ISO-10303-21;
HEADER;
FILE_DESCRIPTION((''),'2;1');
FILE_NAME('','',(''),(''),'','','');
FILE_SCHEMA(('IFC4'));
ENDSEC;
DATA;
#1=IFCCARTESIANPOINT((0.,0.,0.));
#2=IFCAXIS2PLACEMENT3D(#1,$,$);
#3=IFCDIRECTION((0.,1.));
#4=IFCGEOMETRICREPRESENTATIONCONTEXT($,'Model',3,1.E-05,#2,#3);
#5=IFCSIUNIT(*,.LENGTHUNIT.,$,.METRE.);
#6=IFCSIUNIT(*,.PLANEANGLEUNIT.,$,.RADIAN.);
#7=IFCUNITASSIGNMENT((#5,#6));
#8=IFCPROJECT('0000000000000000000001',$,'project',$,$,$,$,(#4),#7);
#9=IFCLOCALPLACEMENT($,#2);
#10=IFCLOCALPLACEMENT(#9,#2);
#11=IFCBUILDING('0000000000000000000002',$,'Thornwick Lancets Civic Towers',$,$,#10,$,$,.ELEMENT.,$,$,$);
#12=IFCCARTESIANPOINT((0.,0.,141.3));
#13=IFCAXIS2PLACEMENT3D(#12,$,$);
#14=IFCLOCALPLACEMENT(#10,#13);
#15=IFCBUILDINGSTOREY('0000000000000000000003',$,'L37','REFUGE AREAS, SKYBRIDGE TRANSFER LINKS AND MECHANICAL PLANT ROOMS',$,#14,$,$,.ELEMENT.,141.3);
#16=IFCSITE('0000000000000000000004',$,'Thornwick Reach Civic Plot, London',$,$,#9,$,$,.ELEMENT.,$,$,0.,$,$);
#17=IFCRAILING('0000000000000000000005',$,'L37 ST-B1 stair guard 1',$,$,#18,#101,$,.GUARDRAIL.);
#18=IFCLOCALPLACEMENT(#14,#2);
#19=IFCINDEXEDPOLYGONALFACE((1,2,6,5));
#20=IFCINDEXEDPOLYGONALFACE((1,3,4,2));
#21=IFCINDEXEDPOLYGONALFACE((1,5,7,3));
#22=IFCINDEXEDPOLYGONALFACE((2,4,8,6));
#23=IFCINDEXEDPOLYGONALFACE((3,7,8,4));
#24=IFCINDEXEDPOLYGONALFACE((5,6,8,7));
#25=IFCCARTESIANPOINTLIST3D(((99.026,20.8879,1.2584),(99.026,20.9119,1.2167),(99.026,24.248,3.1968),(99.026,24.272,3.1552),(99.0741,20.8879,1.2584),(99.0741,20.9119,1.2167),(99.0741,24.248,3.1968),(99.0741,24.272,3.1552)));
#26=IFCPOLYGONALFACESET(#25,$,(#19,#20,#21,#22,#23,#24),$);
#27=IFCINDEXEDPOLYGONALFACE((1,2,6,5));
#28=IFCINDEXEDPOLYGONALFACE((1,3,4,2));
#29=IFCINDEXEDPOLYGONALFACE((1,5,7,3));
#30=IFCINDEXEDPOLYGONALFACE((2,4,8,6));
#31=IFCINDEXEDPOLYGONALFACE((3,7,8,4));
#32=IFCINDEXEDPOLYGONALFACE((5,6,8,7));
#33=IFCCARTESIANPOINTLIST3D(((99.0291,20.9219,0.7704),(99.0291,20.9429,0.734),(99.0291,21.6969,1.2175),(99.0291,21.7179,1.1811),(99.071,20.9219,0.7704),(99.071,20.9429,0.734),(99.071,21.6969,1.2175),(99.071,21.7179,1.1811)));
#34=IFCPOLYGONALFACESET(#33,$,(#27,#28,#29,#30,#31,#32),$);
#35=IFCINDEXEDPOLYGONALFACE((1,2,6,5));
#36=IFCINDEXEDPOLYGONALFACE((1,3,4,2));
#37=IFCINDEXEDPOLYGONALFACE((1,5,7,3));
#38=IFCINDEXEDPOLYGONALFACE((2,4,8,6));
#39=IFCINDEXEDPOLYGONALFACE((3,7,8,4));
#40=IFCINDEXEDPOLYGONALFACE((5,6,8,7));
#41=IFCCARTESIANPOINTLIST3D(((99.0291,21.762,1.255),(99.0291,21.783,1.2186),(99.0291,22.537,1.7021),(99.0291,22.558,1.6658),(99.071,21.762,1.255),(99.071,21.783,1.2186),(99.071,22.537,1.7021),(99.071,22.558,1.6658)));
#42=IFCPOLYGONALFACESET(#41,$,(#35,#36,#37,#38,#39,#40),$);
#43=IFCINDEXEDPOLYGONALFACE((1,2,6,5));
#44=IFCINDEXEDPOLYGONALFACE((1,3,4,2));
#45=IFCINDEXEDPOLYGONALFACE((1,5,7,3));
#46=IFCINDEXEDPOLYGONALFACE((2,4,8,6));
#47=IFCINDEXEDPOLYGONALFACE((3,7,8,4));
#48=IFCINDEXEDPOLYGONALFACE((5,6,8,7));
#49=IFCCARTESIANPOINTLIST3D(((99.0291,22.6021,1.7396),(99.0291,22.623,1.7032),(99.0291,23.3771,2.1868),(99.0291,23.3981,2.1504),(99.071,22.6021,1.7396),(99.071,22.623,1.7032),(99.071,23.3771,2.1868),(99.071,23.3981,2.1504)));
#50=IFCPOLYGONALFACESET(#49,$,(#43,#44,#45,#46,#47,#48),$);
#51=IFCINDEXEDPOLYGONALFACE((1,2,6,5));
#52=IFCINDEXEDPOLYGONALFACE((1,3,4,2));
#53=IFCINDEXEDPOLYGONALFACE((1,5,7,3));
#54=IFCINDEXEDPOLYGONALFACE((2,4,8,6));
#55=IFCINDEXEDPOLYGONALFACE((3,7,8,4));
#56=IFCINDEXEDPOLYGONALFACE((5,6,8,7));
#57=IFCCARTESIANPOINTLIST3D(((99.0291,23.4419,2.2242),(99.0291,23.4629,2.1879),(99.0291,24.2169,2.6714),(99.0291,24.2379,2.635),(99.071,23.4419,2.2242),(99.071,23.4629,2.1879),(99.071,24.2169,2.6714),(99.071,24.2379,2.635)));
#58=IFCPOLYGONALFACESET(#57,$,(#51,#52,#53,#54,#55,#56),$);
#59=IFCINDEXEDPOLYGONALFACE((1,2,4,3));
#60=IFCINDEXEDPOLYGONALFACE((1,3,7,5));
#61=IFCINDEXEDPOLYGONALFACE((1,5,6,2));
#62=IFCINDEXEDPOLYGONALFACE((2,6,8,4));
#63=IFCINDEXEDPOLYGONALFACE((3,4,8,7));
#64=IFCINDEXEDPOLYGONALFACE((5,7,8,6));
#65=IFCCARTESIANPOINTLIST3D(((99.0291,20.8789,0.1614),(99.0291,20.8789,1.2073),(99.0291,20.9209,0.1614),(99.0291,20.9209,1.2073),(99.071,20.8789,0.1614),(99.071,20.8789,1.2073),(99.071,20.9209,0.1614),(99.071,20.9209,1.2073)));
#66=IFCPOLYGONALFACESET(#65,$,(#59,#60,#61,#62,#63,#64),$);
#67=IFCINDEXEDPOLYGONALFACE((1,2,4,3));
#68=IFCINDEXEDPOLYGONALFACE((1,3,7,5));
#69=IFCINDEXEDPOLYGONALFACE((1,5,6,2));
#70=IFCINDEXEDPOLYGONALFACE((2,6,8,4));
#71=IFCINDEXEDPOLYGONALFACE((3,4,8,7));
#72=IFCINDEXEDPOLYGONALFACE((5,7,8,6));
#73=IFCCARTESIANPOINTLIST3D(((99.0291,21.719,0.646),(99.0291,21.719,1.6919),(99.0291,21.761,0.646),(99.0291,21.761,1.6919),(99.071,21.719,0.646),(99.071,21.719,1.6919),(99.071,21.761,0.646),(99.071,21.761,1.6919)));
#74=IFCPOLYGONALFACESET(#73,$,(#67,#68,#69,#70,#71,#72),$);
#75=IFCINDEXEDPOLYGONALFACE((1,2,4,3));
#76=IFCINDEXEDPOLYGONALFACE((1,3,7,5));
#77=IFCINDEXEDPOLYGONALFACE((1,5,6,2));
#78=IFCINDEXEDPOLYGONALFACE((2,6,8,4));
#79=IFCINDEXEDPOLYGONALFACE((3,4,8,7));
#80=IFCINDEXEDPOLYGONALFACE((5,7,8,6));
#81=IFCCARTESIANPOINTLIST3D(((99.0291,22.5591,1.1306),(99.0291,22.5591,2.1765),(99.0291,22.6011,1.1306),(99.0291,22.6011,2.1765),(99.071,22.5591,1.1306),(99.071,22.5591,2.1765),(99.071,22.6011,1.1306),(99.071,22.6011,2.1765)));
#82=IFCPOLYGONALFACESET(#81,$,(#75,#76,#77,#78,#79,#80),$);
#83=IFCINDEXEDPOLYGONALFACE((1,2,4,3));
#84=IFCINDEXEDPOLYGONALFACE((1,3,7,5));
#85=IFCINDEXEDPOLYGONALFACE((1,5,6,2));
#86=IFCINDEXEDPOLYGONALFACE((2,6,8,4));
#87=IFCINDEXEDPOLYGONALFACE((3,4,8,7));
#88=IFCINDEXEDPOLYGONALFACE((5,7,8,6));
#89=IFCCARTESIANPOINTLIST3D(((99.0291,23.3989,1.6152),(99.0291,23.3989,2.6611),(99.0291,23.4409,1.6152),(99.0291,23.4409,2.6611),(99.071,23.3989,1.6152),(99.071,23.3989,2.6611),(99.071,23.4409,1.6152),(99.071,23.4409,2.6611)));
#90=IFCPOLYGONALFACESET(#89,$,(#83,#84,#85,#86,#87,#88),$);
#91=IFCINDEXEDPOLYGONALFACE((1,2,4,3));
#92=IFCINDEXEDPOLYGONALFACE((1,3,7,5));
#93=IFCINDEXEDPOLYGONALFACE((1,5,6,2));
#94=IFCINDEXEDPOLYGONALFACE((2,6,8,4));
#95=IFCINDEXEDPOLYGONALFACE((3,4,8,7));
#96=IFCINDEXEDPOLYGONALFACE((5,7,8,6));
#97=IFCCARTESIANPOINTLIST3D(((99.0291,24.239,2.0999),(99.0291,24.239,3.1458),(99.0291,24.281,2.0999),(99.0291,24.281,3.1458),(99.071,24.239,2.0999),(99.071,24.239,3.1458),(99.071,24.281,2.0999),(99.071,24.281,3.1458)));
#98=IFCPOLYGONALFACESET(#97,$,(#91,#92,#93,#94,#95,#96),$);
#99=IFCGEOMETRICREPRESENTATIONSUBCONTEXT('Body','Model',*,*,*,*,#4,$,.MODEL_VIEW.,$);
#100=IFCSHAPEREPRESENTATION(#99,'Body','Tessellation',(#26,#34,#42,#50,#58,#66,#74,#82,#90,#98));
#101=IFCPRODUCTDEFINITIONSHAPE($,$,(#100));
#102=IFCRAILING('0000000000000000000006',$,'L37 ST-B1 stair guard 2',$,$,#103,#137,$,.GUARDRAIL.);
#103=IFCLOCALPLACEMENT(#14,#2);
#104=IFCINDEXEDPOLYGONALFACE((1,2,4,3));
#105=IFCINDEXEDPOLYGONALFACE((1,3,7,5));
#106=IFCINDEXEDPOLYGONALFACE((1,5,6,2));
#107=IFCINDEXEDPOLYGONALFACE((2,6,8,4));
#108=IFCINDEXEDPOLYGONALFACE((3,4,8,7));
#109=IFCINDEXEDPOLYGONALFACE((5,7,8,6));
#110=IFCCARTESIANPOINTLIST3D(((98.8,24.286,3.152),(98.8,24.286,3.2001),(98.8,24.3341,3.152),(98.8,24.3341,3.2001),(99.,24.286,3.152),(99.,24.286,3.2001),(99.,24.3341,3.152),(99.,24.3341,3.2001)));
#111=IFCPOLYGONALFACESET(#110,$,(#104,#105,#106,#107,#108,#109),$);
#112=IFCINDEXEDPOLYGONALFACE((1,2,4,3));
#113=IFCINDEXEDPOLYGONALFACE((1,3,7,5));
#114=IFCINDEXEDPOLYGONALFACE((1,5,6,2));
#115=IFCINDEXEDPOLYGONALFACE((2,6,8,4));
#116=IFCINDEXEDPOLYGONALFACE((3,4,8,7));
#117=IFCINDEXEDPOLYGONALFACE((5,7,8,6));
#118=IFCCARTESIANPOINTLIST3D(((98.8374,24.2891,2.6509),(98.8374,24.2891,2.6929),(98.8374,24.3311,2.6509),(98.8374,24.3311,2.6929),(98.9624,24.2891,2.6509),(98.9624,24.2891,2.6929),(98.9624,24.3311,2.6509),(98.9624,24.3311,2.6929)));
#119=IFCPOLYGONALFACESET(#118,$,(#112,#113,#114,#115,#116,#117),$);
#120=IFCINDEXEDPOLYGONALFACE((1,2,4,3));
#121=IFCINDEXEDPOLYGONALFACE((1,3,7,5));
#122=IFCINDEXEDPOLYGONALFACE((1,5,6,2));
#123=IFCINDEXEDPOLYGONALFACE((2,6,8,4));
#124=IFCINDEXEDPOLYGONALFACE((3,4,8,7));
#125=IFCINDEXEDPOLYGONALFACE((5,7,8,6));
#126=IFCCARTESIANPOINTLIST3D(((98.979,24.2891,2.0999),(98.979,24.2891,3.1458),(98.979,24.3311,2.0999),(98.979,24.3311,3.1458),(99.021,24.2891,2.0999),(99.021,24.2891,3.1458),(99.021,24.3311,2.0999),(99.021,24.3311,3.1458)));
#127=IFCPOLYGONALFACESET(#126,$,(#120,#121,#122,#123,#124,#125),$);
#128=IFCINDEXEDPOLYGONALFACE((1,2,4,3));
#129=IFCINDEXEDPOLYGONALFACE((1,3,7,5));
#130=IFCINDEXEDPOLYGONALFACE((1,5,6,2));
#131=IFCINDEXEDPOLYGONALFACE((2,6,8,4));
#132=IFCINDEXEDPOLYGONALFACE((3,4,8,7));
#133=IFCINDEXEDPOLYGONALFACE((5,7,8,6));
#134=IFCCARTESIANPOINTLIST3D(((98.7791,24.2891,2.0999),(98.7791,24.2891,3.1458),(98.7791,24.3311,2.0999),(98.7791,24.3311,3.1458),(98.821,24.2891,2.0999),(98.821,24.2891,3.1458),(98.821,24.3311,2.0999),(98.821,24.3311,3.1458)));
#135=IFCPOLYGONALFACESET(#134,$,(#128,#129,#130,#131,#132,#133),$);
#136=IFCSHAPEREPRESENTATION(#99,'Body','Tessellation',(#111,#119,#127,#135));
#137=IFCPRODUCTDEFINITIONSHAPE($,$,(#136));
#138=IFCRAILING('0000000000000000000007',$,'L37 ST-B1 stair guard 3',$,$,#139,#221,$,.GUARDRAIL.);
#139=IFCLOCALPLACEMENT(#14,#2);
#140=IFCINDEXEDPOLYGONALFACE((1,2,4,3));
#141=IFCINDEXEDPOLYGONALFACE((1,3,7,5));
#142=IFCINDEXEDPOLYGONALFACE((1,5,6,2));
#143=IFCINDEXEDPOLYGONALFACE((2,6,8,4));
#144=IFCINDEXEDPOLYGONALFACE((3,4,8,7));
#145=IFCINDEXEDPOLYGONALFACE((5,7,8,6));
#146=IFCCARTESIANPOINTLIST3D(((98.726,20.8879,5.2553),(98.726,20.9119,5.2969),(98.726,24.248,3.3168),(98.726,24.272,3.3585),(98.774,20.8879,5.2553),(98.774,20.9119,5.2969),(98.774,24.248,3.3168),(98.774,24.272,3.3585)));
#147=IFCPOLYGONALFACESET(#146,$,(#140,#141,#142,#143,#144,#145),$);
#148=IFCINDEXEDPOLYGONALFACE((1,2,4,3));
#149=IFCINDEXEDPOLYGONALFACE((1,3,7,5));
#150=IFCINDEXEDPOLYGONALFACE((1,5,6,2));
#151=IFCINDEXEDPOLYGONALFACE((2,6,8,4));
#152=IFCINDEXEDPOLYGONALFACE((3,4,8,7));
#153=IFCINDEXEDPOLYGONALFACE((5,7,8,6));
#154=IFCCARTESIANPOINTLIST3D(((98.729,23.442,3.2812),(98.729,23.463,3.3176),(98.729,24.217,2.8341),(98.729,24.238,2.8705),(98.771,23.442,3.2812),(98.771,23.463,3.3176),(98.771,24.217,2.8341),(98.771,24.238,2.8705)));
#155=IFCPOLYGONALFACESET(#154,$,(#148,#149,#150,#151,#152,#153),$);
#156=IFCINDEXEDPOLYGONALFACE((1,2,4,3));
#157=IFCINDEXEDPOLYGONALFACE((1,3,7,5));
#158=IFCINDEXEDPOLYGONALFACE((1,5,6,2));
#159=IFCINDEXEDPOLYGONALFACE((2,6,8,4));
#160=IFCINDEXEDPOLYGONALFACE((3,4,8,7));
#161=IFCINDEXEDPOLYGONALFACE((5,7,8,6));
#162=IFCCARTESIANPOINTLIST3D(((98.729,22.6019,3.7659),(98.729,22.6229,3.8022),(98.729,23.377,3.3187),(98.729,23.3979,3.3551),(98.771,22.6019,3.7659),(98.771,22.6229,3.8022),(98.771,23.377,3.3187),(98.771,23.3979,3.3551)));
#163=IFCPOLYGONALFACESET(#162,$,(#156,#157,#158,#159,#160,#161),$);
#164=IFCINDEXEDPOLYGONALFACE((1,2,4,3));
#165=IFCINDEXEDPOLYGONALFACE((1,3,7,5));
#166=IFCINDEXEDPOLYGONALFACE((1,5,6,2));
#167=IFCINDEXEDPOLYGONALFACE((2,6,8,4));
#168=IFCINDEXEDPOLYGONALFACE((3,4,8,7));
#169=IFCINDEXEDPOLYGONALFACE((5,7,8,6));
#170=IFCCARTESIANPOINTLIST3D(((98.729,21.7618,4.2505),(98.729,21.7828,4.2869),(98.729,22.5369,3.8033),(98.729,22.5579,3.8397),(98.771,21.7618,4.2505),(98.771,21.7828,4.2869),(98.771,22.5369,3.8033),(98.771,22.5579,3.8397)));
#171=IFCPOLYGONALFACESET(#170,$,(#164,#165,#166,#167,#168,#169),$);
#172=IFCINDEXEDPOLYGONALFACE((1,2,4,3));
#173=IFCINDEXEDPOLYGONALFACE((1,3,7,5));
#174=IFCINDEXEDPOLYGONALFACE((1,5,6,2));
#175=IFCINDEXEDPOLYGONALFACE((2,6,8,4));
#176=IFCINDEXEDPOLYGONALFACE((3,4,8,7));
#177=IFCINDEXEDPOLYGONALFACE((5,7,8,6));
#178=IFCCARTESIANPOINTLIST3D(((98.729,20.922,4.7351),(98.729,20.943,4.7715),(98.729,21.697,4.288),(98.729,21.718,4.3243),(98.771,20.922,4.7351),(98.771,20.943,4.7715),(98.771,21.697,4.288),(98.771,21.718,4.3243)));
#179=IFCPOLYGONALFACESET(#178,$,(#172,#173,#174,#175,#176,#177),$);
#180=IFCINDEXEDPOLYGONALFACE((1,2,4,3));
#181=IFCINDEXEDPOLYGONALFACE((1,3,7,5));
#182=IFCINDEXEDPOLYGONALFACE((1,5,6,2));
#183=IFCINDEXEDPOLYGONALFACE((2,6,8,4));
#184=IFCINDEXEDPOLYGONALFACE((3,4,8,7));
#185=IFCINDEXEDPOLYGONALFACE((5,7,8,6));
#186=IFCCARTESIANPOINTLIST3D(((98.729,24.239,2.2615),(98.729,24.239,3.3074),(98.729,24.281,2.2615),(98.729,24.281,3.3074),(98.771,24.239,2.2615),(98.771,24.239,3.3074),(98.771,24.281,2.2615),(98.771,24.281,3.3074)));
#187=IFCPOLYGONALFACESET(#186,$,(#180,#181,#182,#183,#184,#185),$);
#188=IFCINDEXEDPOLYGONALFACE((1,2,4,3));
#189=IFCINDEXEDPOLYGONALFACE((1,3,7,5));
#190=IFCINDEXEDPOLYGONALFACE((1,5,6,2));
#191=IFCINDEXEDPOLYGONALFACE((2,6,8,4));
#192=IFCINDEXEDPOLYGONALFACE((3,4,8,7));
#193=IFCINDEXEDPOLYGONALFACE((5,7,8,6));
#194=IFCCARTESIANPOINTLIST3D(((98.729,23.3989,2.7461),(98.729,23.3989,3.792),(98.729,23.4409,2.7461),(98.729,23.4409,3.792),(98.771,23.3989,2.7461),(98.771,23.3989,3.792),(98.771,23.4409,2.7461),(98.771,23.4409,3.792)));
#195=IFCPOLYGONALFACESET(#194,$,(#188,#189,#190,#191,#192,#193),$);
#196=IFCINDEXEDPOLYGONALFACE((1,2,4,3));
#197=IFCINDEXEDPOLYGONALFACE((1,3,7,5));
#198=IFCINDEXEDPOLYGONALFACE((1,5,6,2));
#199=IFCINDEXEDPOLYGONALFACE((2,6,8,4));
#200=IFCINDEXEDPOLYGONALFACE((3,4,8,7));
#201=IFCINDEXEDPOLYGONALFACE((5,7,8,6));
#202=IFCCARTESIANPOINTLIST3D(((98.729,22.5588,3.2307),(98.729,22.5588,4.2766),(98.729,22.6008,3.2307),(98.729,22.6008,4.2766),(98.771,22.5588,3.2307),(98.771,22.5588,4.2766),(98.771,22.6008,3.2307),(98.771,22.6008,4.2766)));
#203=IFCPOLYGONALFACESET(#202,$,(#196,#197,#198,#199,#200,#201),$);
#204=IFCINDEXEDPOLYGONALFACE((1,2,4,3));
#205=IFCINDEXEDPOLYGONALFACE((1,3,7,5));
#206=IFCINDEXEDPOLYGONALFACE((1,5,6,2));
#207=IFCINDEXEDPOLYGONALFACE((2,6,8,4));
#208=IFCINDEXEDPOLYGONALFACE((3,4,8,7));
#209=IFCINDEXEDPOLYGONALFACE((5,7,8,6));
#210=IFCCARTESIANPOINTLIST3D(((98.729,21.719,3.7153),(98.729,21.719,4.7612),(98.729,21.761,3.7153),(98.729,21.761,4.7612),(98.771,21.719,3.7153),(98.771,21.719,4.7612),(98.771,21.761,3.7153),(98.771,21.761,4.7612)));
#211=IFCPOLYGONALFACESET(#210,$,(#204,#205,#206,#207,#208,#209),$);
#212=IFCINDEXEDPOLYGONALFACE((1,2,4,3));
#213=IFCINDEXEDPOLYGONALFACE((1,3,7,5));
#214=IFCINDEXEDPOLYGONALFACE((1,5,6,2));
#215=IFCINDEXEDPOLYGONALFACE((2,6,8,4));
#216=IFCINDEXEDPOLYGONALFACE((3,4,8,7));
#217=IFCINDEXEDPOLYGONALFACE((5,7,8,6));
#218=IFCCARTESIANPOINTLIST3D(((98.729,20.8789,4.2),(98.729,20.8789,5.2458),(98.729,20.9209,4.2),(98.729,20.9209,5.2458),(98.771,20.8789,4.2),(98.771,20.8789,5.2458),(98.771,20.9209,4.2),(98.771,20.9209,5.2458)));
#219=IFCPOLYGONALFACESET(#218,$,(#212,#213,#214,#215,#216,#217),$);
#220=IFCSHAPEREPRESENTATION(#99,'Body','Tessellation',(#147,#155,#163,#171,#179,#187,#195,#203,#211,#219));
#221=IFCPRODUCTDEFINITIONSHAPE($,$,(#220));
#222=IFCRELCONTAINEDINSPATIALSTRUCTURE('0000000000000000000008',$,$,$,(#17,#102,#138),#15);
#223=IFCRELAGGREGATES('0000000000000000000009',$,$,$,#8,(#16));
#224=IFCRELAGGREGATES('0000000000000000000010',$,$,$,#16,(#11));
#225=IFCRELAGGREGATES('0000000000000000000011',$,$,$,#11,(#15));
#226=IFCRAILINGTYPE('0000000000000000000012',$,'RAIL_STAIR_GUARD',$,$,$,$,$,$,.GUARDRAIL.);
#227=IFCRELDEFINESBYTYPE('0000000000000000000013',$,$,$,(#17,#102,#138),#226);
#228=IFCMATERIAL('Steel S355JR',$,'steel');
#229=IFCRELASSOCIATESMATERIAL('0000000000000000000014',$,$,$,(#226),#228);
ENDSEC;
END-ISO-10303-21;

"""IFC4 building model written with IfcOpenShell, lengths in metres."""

from ifc_helpers import new_model, si_unit, direction, frame, origin, origin_2d, place, context, subcontext, project, spatial, rectangle, extrude, material, type_object, element, save


model = new_model("IFC4")

# Units and contexts
model_context = context("Model", 3, precision=1e-05, world=origin(), true_north=direction((0.0, 1.0)))
body_context = subcontext(model_context, "Body", "Model", "MODEL_VIEW")
ifc_project = project(units=[si_unit("LENGTHUNIT", "METRE"), si_unit("PLANEANGLEUNIT", "RADIAN")], contexts=[model_context])

# Site, building, storey
site_placement = place(None, origin())
site = spatial("IfcSite", under=ifc_project, at=site_placement, Name="Thornwick Reach Civic Plot, London", CompositionType="ELEMENT", RefElevation=0.0)
building_placement = place(site_placement, origin())
building = spatial("IfcBuilding", under=site, at=building_placement, Name="Thornwick Lancets Civic Towers", CompositionType="ELEMENT")
storey_placement = place(building_placement, frame((0.0, 0.0, 141.3)))
storey = spatial("IfcBuildingStorey", under=building, at=storey_placement, Name="L37", Description="REFUGE AREAS, SKYBRIDGE TRANSFER LINKS AND MECHANICAL PLANT ROOMS", CompositionType="ELEMENT", Elevation=141.3)

# Shared definitions
ifc_material_1 = material(Name="Steel S355JR", Category="steel")

# Railings
railing_type_1 = type_object("IfcRailingType", Name="RAIL_STAIR_GUARD", PredefinedType="GUARDRAIL", material=ifc_material_1)
railing_1_placement = place(storey_placement, frame((99.05, 20.8999, 0.1614)))
element("IfcRailing", 1, at=railing_1_placement, inside=storey, type_object=railing_type_1, Name="L37 ST-B1 stair guard 1", PredefinedType="GUARDRAIL", context=body_context, shape_type="SweptSolid", body=[
    extrude(rectangle(XDim=0.0481, YDim=0.0481, at=origin_2d()), frame((0.0, 0.0, 1.0762), z_axis=(0.0, 0.866191, 0.499713), x_axis=(-1.0, 0.0, 0.0)), (0.0, 0.0, 1.0), 3.8792),
    extrude(rectangle(XDim=0.042, YDim=0.042, at=origin_2d()), frame((0.0, 0.0325, 0.5908), z_axis=(0.0, 0.866191, 0.499713), x_axis=(-1.0, 0.0, 0.0)), (0.0, 0.0, 1.0), 0.8948),
    extrude(rectangle(XDim=0.042, YDim=0.042, at=origin_2d()), frame((0.0, 0.8726, 1.0754), z_axis=(0.0, 0.866191, 0.499713), x_axis=(-1.0, 0.0, 0.0)), (0.0, 0.0, 1.0), 0.8948),
    extrude(rectangle(XDim=0.042, YDim=0.042, at=origin_2d()), frame((0.0, 1.7126, 1.5601), z_axis=(0.0, 0.866191, 0.499713), x_axis=(-1.0, 0.0, 0.0)), (0.0, 0.0, 1.0), 0.8948),
    extrude(rectangle(XDim=0.042, YDim=0.042, at=origin_2d()), frame((0.0, 2.5525, 2.0447), z_axis=(0.0, 0.866191, 0.499713), x_axis=(-1.0, 0.0, 0.0)), (0.0, 0.0, 1.0), 0.8948),
    extrude(rectangle(XDim=0.042, YDim=0.042, at=origin_2d()), origin(), (0.0, 0.0, 1.0), 1.0459),
    extrude(rectangle(XDim=0.042, YDim=0.042, at=origin_2d()), frame((0.0, 0.8401, 0.4846)), (0.0, 0.0, 1.0), 1.0459),
    extrude(rectangle(XDim=0.042, YDim=0.042, at=origin_2d()), frame((0.0, 1.6802, 0.9692)), (0.0, 0.0, 1.0), 1.0459),
    extrude(rectangle(XDim=0.042, YDim=0.042, at=origin_2d()), frame((0.0, 2.52, 1.4539)), (0.0, 0.0, 1.0), 1.0459),
    extrude(rectangle(XDim=0.042, YDim=0.042, at=origin_2d()), frame((0.0, 3.3601, 1.9385)), (0.0, 0.0, 1.0), 1.0459),
])
railing_2_placement = place(storey_placement, frame((99.0, 24.3101, 2.0999)))
element("IfcRailing", 2, at=railing_2_placement, inside=storey, type_object=railing_type_1, Name="L37 ST-B1 stair guard 2", PredefinedType="GUARDRAIL", context=body_context, shape_type="SweptSolid", body=[
    extrude(rectangle(XDim=0.0481, YDim=0.0481, at=origin_2d()), frame((0.0, 0.0, 1.0762), z_axis=(-1.0, 0.0, 0.0), x_axis=(0.0, -1.0, 0.0)), (0.0, 0.0, 1.0), 0.2),
    extrude(rectangle(XDim=0.042, YDim=0.042, at=origin_2d()), frame((-0.0376, 0.0, 0.572), z_axis=(-1.0, 0.0, 0.0), x_axis=(0.0, -1.0, 0.0)), (0.0, 0.0, 1.0), 0.125),
    extrude(rectangle(XDim=0.042, YDim=0.042, at=origin_2d()), origin(), (0.0, 0.0, 1.0), 1.0459),
    extrude(rectangle(XDim=0.042, YDim=0.042, at=origin_2d()), frame((-0.2, 0.0, 0.0)), (0.0, 0.0, 1.0), 1.0459),
])
railing_3_placement = place(storey_placement, frame((98.75, 24.26, 2.2615)))
element("IfcRailing", 3, at=railing_3_placement, inside=storey, type_object=railing_type_1, Name="L37 ST-B1 stair guard 3", PredefinedType="GUARDRAIL", context=body_context, shape_type="SweptSolid", body=[
    extrude(rectangle(XDim=0.0481, YDim=0.0481, at=origin_2d()), frame((0.0, 0.0, 1.0762), z_axis=(0.0, -0.866191, 0.499713), x_axis=(1.0, 0.0, 0.0)), (0.0, 0.0, 1.0), 3.8792),
    extrude(rectangle(XDim=0.042, YDim=0.042, at=origin_2d()), frame((0.0, -0.0325, 0.5908), z_axis=(0.0, -0.866191, 0.499713), x_axis=(1.0, 0.0, 0.0)), (0.0, 0.0, 1.0), 0.8948),
    extrude(rectangle(XDim=0.042, YDim=0.042, at=origin_2d()), frame((0.0, -0.8726, 1.0754), z_axis=(0.0, -0.866191, 0.499713), x_axis=(1.0, 0.0, 0.0)), (0.0, 0.0, 1.0), 0.8948),
    extrude(rectangle(XDim=0.042, YDim=0.042, at=origin_2d()), frame((0.0, -1.7126, 1.5601), z_axis=(0.0, -0.866191, 0.499713), x_axis=(1.0, 0.0, 0.0)), (0.0, 0.0, 1.0), 0.8948),
    extrude(rectangle(XDim=0.042, YDim=0.042, at=origin_2d()), frame((0.0, -2.5525, 2.0447), z_axis=(0.0, -0.866191, 0.499713), x_axis=(1.0, 0.0, 0.0)), (0.0, 0.0, 1.0), 0.8948),
    extrude(rectangle(XDim=0.042, YDim=0.042, at=origin_2d()), origin(), (0.0, 0.0, 1.0), 1.0459),
    extrude(rectangle(XDim=0.042, YDim=0.042, at=origin_2d()), frame((0.0, -0.8401, 0.4846)), (0.0, 0.0, 1.0), 1.0459),
    extrude(rectangle(XDim=0.042, YDim=0.042, at=origin_2d()), frame((0.0, -1.6802, 0.9692)), (0.0, 0.0, 1.0), 1.0459),
    extrude(rectangle(XDim=0.042, YDim=0.042, at=origin_2d()), frame((0.0, -2.52, 1.4539)), (0.0, 0.0, 1.0), 1.0459),
    extrude(rectangle(XDim=0.042, YDim=0.042, at=origin_2d()), frame((0.0, -3.3601, 1.9385)), (0.0, 0.0, 1.0), 1.0459),
])

save(model, "model.ifc")
